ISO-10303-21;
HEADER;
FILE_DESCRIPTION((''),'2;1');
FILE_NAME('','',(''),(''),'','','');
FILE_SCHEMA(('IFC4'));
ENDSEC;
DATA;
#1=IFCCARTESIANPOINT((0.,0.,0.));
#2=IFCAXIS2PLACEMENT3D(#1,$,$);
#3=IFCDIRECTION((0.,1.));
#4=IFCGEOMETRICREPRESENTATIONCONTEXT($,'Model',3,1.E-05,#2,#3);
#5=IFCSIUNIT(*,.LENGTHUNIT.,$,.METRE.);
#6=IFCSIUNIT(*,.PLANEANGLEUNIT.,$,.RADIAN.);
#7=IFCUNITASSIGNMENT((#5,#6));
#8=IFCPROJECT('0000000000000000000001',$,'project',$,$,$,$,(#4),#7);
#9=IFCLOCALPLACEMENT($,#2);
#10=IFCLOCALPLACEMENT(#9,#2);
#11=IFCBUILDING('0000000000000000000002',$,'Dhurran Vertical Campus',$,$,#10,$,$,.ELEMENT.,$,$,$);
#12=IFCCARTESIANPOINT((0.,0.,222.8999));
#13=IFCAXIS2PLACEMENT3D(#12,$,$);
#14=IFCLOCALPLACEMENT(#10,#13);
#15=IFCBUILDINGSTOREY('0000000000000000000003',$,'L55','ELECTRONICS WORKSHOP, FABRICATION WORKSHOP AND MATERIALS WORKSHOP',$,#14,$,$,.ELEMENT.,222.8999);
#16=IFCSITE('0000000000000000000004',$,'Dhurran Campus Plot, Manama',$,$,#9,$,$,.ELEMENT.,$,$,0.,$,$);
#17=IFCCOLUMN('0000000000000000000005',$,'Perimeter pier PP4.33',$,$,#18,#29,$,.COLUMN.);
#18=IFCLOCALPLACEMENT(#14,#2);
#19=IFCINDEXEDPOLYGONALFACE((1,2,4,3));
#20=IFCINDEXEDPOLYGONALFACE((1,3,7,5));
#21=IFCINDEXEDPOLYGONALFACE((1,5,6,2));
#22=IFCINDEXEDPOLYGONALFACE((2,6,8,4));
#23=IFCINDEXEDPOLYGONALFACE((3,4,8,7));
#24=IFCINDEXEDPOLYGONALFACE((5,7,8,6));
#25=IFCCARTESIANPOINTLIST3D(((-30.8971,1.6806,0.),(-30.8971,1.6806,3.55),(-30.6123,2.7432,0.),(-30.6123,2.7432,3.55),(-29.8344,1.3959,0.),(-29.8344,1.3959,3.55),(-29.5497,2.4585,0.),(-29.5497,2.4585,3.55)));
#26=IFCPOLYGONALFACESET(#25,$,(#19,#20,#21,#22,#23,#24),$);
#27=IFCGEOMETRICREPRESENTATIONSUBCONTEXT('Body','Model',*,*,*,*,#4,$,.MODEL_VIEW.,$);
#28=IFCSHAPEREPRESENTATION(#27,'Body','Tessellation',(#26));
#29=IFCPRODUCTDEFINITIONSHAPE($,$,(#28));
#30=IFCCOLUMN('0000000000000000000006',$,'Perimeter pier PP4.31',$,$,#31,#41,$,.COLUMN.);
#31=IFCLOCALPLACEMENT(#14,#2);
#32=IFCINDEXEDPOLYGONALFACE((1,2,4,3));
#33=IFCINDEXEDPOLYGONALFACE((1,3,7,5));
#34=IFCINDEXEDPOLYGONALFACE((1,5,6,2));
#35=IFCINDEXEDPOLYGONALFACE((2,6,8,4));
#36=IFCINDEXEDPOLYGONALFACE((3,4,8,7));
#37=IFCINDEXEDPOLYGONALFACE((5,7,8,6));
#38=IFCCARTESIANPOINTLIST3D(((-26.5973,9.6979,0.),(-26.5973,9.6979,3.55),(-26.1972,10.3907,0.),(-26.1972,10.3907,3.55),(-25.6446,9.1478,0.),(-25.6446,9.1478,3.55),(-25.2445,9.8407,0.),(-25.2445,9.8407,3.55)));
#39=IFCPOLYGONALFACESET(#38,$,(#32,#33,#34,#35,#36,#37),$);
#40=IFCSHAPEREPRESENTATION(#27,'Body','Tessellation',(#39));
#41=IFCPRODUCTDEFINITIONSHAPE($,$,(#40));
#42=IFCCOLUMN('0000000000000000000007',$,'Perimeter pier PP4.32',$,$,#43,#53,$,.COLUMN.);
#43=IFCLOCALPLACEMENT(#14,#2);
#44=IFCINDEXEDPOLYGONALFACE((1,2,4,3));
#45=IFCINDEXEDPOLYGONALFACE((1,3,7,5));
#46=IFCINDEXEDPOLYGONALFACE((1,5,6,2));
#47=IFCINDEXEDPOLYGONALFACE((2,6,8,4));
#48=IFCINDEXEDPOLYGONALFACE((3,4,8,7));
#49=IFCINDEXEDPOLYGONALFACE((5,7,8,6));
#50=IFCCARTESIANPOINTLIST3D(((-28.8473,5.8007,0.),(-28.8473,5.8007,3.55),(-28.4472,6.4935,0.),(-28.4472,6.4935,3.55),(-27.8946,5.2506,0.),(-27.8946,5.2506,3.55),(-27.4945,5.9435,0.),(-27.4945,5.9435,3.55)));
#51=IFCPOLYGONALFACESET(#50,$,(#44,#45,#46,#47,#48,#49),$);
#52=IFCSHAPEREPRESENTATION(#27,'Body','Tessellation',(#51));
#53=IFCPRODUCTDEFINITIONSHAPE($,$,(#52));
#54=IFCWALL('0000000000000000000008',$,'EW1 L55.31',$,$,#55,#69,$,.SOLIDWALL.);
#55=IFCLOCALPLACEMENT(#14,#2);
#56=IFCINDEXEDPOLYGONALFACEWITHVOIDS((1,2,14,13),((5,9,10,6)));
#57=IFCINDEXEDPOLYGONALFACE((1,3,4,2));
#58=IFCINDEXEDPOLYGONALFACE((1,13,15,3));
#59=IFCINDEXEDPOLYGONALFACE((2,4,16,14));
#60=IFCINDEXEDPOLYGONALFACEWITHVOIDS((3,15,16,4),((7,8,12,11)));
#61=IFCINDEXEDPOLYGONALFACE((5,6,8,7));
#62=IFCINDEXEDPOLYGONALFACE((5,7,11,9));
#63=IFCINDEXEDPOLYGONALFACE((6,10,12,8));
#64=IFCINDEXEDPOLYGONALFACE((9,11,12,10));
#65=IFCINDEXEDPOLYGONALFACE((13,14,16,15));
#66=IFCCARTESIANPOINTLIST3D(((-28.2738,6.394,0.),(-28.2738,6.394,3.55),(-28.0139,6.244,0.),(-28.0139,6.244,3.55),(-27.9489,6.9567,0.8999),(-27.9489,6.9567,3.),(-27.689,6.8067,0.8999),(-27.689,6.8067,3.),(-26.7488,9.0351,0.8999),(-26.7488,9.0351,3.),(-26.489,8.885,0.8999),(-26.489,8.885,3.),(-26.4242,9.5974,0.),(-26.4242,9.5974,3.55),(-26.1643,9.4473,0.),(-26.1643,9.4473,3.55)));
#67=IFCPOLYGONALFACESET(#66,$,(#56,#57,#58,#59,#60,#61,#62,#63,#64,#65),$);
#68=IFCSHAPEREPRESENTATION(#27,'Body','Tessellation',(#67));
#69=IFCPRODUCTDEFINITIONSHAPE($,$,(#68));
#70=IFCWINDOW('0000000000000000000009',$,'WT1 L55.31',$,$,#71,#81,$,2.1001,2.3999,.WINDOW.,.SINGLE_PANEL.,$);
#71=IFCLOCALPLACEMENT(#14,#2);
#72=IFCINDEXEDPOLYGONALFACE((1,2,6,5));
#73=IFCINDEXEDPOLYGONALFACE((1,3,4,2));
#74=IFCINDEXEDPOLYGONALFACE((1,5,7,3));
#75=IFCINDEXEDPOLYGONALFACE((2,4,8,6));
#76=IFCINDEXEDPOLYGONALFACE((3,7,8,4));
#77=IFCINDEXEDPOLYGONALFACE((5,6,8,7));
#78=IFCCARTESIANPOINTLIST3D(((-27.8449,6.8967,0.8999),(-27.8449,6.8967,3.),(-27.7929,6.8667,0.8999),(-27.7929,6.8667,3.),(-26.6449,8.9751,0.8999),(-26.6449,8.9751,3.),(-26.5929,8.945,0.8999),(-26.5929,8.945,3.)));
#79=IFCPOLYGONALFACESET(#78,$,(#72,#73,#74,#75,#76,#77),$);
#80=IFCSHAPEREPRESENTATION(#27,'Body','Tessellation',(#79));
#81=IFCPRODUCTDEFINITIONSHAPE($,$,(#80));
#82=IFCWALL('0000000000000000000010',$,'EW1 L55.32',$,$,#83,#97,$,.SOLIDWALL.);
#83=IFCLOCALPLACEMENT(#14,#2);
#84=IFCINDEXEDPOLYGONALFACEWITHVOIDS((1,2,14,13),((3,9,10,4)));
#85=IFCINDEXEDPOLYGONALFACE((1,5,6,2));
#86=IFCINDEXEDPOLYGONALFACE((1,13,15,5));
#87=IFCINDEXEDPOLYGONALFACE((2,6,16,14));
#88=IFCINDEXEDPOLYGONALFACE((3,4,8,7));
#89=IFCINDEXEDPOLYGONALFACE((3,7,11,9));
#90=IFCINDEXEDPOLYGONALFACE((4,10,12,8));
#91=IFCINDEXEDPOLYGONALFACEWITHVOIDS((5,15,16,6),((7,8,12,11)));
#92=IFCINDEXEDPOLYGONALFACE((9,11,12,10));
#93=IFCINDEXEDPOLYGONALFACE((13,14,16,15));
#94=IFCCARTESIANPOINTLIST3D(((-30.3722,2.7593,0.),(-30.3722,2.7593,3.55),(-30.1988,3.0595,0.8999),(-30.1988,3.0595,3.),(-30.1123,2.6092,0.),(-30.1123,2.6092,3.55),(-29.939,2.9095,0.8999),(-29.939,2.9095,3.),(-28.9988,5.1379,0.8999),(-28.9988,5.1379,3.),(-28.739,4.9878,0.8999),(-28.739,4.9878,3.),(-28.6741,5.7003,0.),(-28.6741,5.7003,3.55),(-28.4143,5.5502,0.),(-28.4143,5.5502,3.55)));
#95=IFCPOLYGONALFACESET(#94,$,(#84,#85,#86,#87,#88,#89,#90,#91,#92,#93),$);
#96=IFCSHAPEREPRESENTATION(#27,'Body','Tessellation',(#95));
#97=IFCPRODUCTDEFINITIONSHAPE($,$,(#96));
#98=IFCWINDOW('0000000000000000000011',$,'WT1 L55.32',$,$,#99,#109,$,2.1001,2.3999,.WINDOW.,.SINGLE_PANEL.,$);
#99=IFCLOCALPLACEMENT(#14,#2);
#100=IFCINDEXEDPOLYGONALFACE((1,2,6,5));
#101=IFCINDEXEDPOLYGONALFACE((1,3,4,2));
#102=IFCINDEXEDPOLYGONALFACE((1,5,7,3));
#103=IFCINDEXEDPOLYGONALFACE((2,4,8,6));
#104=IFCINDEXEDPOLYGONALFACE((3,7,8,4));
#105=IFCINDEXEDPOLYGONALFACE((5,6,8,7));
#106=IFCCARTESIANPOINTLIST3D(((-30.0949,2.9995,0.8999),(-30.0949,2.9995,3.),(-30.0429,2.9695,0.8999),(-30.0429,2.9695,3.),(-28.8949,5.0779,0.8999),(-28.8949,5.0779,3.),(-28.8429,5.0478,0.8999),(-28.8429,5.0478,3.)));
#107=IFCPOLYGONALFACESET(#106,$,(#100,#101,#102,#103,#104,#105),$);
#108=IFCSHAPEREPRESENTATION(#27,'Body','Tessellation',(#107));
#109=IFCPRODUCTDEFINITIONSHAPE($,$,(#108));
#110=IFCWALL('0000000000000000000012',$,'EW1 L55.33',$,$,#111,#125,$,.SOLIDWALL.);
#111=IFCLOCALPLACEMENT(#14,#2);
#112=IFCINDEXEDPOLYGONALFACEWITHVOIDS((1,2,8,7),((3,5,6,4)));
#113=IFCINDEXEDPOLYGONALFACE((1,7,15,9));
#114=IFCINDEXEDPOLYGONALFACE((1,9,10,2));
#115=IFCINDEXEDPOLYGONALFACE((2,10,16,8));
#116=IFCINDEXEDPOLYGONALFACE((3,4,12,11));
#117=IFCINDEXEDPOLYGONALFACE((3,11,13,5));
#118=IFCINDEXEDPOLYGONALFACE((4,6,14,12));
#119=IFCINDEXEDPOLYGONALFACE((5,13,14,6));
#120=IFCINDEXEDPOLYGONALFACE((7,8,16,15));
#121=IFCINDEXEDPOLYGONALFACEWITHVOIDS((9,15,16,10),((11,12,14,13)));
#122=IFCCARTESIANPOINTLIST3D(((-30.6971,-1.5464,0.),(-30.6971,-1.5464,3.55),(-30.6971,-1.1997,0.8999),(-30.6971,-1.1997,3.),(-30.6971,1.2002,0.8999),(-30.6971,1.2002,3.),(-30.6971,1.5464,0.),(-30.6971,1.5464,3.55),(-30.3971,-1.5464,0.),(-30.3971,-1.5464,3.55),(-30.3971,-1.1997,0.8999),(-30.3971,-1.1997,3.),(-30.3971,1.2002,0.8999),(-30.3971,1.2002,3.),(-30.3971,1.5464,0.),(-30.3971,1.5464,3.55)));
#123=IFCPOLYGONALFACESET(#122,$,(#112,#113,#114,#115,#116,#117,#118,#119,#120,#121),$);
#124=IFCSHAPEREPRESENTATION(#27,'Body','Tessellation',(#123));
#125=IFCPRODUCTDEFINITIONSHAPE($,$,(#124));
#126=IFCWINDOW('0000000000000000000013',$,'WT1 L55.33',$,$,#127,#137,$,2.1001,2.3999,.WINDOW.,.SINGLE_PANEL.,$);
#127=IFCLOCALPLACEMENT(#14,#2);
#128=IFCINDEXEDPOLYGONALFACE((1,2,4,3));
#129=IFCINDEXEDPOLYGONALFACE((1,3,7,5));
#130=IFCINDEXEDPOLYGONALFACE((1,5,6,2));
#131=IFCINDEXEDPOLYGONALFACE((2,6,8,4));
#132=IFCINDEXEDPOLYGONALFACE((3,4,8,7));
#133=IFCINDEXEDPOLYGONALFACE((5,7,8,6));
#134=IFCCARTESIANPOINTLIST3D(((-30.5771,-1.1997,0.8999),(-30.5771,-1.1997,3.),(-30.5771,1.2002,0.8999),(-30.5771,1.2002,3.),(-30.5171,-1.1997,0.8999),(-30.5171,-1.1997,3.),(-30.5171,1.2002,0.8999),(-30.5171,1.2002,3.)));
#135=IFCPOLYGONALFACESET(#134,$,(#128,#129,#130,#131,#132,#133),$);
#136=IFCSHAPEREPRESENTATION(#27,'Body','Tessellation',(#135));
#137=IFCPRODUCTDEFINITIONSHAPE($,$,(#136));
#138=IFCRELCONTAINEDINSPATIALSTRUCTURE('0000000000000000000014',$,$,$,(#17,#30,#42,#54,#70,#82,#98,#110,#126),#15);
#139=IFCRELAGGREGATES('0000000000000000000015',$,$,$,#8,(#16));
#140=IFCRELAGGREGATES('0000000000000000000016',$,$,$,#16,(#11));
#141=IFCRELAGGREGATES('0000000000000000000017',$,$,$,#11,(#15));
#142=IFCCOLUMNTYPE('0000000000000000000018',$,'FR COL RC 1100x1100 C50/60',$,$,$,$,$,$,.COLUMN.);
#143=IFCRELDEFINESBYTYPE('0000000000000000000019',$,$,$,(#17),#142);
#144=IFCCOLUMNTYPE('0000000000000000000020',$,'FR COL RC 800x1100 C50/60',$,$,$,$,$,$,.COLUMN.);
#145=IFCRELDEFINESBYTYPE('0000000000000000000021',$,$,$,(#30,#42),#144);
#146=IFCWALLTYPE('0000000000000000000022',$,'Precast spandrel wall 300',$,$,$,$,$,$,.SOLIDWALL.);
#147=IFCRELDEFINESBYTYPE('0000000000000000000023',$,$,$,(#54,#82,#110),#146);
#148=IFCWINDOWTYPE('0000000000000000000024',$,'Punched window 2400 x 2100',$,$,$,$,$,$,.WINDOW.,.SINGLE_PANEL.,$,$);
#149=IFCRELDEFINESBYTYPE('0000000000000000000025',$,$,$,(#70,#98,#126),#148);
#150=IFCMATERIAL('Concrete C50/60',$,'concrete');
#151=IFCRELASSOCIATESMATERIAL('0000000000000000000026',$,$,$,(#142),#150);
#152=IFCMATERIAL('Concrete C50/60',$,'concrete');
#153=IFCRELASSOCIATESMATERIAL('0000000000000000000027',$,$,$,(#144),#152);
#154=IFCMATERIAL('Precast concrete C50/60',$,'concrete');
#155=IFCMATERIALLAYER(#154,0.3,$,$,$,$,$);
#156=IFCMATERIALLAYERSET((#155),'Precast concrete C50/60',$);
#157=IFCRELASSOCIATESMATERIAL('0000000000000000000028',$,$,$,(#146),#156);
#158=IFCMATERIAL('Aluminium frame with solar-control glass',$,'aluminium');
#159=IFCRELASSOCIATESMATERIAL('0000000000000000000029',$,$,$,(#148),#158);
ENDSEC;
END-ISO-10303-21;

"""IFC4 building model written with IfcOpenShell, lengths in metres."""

from ifc_helpers import new_model, si_unit, direction, frame, frame_2d, origin, origin_2d, place, context, subcontext, project, spatial, rectangle, extrude, material, layer, layer_set, material_profile, profile_set, type_object, element, fill, save


model = new_model("IFC4")

# Units and contexts
model_context = context("Model", 3, precision=1e-05, world=origin(), true_north=direction((0.0, 1.0)))
body_context = subcontext(model_context, "Body", "Model", "MODEL_VIEW")
ifc_project = project(units=[si_unit("LENGTHUNIT", "METRE"), si_unit("PLANEANGLEUNIT", "RADIAN")], contexts=[model_context])

# Site, building, storey
site_placement = place(None, origin())
site = spatial("IfcSite", under=ifc_project, at=site_placement, Name="Dhurran Campus Plot, Manama", CompositionType="ELEMENT", RefElevation=0.0)
building_placement = place(site_placement, origin())
building = spatial("IfcBuilding", under=site, at=building_placement, Name="Dhurran Vertical Campus", CompositionType="ELEMENT")
storey_placement = place(building_placement, frame((0.0, 0.0, 222.8999)))
storey = spatial("IfcBuildingStorey", under=building, at=storey_placement, Name="L55", Description="ELECTRONICS WORKSHOP, FABRICATION WORKSHOP AND MATERIALS WORKSHOP", CompositionType="ELEMENT", Elevation=222.8999)

# Columns
ifc_material_1 = material(Name="Concrete C50/60", Category="concrete")
ifc_material_profile_1 = material_profile(ifc_material_1, rectangle(XDim=1.1001, YDim=1.1001, at=origin_2d()), Name="RC 1100x1100")
ifc_profile_set_1 = profile_set([ifc_material_profile_1], Name="Concrete C50/60")
column_type_1 = type_object("IfcColumnType", Name="FR COL RC 1100x1100 C50/60", PredefinedType="COLUMN", material=ifc_profile_set_1)
column_placement = place(storey_placement, frame((-30.2234, 2.0696, 0.0), z_axis=(0.0, 0.0, 1.0), x_axis=(-0.258819, -0.965926, 0.0)))
element("IfcColumn", 1, at=column_placement, inside=storey, type_object=column_type_1, Name="Perimeter pier PP4.33", PredefinedType="COLUMN", context=body_context, shape_type="SweptSolid", body=[
    extrude(rectangle(XDim=1.1001, YDim=1.1001, at=origin_2d()), origin(), (0.0, 0.0, 1.0), 3.55),
])
ifc_material_2 = material(Name="Concrete C50/60", Category="concrete")
ifc_material_profile_2 = material_profile(ifc_material_2, rectangle(XDim=0.8, YDim=1.1001, at=origin_2d()), Name="RC 800x1100")
ifc_profile_set_2 = profile_set([ifc_material_profile_2], Name="Concrete C50/60")
column_type_2 = type_object("IfcColumnType", Name="FR COL RC 800x1100 C50/60", PredefinedType="COLUMN", material=ifc_profile_set_2)
for number, where, z_axis, x_axis, name in (
    (2, (-25.9209, 9.7693, 0.0), (0.0, 0.0, 1.0), (-0.5, -0.866025, 0.0), "Perimeter pier PP4.31"),
    (3, (-28.1709, 5.8721, 0.0), (0.0, 0.0, 1.0), (-0.5, -0.866025, 0.0), "Perimeter pier PP4.32"),
):
    element("IfcColumn", number, at=place(storey_placement, frame(where, z_axis=z_axis, x_axis=x_axis)), inside=storey, type_object=column_type_2, Name=name, PredefinedType="COLUMN", context=body_context, shape_type="SweptSolid", body=[
        extrude(rectangle(XDim=0.8, YDim=1.1001, at=origin_2d()), origin(), (0.0, 0.0, 1.0), 3.55),
    ])

# Walls, openings, windows
ifc_material_3 = material(Name="Precast concrete C50/60", Category="concrete")
ifc_layer_1 = layer(ifc_material_3, 0.3)
ifc_layer_set_1 = layer_set([ifc_layer_1], Name="Precast concrete C50/60")
wall_type_1 = type_object("IfcWallType", Name="Precast spandrel wall 300", PredefinedType="SOLIDWALL", material=ifc_layer_set_1)
wall_1_placement = place(storey_placement, frame((-26.2942, 9.5225, 0.0), z_axis=(0.0, 0.0, 1.0), x_axis=(-0.500029, -0.866009, 0.0)))
wall_1 = element("IfcWall", 4, at=wall_1_placement, inside=storey, type_object=wall_type_1, Name="EW1 L55.31", PredefinedType="SOLIDWALL", context=body_context, shape_type="SweptSolid", body=[
    extrude(rectangle(XDim=3.699, YDim=0.3, at=frame_2d((1.8496, 0.0))), origin(), (0.0, 0.0, 1.0), 3.55),
])
opening_1_placement = place(wall_1_placement, frame((0.6494, 0.0, 0.8999)))
opening_1 = element("IfcOpeningElement", 5, at=opening_1_placement, cuts=wall_1, PredefinedType="OPENING", context=body_context, shape_type="SweptSolid", body=[
    extrude(rectangle(XDim=2.3999, YDim=2.1001, at=frame_2d((1.2, 1.05))), frame((0.0, 0.1599, 0.0), z_axis=(0.0, -1.0, 0.0), x_axis=(1.0, 0.0, 0.0)), (0.0, 0.0, 1.0), 0.3201),
])
ifc_material_4 = material(Name="Aluminium frame with solar-control glass", Category="aluminium")
window_type = type_object("IfcWindowType", Name="Punched window 2400 x 2100", PartitioningType="SINGLE_PANEL", PredefinedType="WINDOW", material=ifc_material_4)
window_1_placement = place(opening_1_placement, origin())
window_1 = element("IfcWindow", 6, at=window_1_placement, inside=storey, type_object=window_type, Name="WT1 L55.31", OverallHeight=2.1001, OverallWidth=2.3999, PartitioningType="SINGLE_PANEL", PredefinedType="WINDOW", context=body_context, shape_type="SweptSolid", body=[
    extrude(rectangle(XDim=2.3999, YDim=2.1001, at=frame_2d((1.2, 1.05))), frame((0.0, 0.03, 0.0), z_axis=(0.0, -1.0, 0.0), x_axis=(1.0, 0.0, 0.0)), (0.0, 0.0, 1.0), 0.0601),
])
fill(opening_1, window_1)
wall_2_placement = place(storey_placement, frame((-28.5442, 5.6252, 0.0), z_axis=(0.0, 0.0, 1.0), x_axis=(-0.500013, -0.866018, 0.0)))
wall_2 = element("IfcWall", 7, at=wall_2_placement, inside=storey, type_object=wall_type_1, Name="EW1 L55.32", PredefinedType="SOLIDWALL", context=body_context, shape_type="SweptSolid", body=[
    extrude(rectangle(XDim=3.396, YDim=0.3, at=frame_2d((1.698, 0.0))), origin(), (0.0, 0.0, 1.0), 3.55),
])
opening_2_placement = place(wall_2_placement, frame((0.6494, 0.0, 0.8999)))
opening_2 = element("IfcOpeningElement", 8, at=opening_2_placement, cuts=wall_2, PredefinedType="OPENING", context=body_context, shape_type="SweptSolid", body=[
    extrude(rectangle(XDim=2.3999, YDim=2.1001, at=frame_2d((1.2, 1.05))), frame((0.0, 0.1599, 0.0), z_axis=(0.0, -1.0, 0.0), x_axis=(1.0, 0.0, 0.0)), (0.0, 0.0, 1.0), 0.3201),
])
window_2_placement = place(opening_2_placement, origin())
window_2 = element("IfcWindow", 9, at=window_2_placement, inside=storey, type_object=window_type, Name="WT1 L55.32", OverallHeight=2.1001, OverallWidth=2.3999, PartitioningType="SINGLE_PANEL", PredefinedType="WINDOW", context=body_context, shape_type="SweptSolid", body=[
    extrude(rectangle(XDim=2.3999, YDim=2.1001, at=frame_2d((1.2, 1.05))), frame((0.0, 0.03, 0.0), z_axis=(0.0, -1.0, 0.0), x_axis=(1.0, 0.0, 0.0)), (0.0, 0.0, 1.0), 0.0601),
])
fill(opening_2, window_2)
wall_3_placement = place(storey_placement, frame((-30.5471, 1.5464, 0.0), z_axis=(0.0, 0.0, 1.0), x_axis=(0.0, -1.0, 0.0)))
wall_3 = element("IfcWall", 10, at=wall_3_placement, inside=storey, type_object=wall_type_1, Name="EW1 L55.33", PredefinedType="SOLIDWALL", context=body_context, shape_type="SweptSolid", body=[
    extrude(rectangle(XDim=3.0928, YDim=0.3, at=frame_2d((1.5464, 0.0))), origin(), (0.0, 0.0, 1.0), 3.55),
])
opening_3_placement = place(wall_3_placement, frame((0.3462, 0.0, 0.8999)))
opening_3 = element("IfcOpeningElement", 11, at=opening_3_placement, cuts=wall_3, PredefinedType="OPENING", context=body_context, shape_type="SweptSolid", body=[
    extrude(rectangle(XDim=2.3999, YDim=2.1001, at=frame_2d((1.2, 1.05))), frame((0.0, 0.1599, 0.0), z_axis=(0.0, -1.0, 0.0), x_axis=(1.0, 0.0, 0.0)), (0.0, 0.0, 1.0), 0.3201),
])
window_3_placement = place(opening_3_placement, origin())
window_3 = element("IfcWindow", 12, at=window_3_placement, inside=storey, type_object=window_type, Name="WT1 L55.33", OverallHeight=2.1001, OverallWidth=2.3999, PartitioningType="SINGLE_PANEL", PredefinedType="WINDOW", context=body_context, shape_type="SweptSolid", body=[
    extrude(rectangle(XDim=2.3999, YDim=2.1001, at=frame_2d((1.2, 1.05))), frame((0.0, 0.03, 0.0), z_axis=(0.0, -1.0, 0.0), x_axis=(1.0, 0.0, 0.0)), (0.0, 0.0, 1.0), 0.0601),
])
fill(opening_3, window_3)

save(model, "model.ifc")
